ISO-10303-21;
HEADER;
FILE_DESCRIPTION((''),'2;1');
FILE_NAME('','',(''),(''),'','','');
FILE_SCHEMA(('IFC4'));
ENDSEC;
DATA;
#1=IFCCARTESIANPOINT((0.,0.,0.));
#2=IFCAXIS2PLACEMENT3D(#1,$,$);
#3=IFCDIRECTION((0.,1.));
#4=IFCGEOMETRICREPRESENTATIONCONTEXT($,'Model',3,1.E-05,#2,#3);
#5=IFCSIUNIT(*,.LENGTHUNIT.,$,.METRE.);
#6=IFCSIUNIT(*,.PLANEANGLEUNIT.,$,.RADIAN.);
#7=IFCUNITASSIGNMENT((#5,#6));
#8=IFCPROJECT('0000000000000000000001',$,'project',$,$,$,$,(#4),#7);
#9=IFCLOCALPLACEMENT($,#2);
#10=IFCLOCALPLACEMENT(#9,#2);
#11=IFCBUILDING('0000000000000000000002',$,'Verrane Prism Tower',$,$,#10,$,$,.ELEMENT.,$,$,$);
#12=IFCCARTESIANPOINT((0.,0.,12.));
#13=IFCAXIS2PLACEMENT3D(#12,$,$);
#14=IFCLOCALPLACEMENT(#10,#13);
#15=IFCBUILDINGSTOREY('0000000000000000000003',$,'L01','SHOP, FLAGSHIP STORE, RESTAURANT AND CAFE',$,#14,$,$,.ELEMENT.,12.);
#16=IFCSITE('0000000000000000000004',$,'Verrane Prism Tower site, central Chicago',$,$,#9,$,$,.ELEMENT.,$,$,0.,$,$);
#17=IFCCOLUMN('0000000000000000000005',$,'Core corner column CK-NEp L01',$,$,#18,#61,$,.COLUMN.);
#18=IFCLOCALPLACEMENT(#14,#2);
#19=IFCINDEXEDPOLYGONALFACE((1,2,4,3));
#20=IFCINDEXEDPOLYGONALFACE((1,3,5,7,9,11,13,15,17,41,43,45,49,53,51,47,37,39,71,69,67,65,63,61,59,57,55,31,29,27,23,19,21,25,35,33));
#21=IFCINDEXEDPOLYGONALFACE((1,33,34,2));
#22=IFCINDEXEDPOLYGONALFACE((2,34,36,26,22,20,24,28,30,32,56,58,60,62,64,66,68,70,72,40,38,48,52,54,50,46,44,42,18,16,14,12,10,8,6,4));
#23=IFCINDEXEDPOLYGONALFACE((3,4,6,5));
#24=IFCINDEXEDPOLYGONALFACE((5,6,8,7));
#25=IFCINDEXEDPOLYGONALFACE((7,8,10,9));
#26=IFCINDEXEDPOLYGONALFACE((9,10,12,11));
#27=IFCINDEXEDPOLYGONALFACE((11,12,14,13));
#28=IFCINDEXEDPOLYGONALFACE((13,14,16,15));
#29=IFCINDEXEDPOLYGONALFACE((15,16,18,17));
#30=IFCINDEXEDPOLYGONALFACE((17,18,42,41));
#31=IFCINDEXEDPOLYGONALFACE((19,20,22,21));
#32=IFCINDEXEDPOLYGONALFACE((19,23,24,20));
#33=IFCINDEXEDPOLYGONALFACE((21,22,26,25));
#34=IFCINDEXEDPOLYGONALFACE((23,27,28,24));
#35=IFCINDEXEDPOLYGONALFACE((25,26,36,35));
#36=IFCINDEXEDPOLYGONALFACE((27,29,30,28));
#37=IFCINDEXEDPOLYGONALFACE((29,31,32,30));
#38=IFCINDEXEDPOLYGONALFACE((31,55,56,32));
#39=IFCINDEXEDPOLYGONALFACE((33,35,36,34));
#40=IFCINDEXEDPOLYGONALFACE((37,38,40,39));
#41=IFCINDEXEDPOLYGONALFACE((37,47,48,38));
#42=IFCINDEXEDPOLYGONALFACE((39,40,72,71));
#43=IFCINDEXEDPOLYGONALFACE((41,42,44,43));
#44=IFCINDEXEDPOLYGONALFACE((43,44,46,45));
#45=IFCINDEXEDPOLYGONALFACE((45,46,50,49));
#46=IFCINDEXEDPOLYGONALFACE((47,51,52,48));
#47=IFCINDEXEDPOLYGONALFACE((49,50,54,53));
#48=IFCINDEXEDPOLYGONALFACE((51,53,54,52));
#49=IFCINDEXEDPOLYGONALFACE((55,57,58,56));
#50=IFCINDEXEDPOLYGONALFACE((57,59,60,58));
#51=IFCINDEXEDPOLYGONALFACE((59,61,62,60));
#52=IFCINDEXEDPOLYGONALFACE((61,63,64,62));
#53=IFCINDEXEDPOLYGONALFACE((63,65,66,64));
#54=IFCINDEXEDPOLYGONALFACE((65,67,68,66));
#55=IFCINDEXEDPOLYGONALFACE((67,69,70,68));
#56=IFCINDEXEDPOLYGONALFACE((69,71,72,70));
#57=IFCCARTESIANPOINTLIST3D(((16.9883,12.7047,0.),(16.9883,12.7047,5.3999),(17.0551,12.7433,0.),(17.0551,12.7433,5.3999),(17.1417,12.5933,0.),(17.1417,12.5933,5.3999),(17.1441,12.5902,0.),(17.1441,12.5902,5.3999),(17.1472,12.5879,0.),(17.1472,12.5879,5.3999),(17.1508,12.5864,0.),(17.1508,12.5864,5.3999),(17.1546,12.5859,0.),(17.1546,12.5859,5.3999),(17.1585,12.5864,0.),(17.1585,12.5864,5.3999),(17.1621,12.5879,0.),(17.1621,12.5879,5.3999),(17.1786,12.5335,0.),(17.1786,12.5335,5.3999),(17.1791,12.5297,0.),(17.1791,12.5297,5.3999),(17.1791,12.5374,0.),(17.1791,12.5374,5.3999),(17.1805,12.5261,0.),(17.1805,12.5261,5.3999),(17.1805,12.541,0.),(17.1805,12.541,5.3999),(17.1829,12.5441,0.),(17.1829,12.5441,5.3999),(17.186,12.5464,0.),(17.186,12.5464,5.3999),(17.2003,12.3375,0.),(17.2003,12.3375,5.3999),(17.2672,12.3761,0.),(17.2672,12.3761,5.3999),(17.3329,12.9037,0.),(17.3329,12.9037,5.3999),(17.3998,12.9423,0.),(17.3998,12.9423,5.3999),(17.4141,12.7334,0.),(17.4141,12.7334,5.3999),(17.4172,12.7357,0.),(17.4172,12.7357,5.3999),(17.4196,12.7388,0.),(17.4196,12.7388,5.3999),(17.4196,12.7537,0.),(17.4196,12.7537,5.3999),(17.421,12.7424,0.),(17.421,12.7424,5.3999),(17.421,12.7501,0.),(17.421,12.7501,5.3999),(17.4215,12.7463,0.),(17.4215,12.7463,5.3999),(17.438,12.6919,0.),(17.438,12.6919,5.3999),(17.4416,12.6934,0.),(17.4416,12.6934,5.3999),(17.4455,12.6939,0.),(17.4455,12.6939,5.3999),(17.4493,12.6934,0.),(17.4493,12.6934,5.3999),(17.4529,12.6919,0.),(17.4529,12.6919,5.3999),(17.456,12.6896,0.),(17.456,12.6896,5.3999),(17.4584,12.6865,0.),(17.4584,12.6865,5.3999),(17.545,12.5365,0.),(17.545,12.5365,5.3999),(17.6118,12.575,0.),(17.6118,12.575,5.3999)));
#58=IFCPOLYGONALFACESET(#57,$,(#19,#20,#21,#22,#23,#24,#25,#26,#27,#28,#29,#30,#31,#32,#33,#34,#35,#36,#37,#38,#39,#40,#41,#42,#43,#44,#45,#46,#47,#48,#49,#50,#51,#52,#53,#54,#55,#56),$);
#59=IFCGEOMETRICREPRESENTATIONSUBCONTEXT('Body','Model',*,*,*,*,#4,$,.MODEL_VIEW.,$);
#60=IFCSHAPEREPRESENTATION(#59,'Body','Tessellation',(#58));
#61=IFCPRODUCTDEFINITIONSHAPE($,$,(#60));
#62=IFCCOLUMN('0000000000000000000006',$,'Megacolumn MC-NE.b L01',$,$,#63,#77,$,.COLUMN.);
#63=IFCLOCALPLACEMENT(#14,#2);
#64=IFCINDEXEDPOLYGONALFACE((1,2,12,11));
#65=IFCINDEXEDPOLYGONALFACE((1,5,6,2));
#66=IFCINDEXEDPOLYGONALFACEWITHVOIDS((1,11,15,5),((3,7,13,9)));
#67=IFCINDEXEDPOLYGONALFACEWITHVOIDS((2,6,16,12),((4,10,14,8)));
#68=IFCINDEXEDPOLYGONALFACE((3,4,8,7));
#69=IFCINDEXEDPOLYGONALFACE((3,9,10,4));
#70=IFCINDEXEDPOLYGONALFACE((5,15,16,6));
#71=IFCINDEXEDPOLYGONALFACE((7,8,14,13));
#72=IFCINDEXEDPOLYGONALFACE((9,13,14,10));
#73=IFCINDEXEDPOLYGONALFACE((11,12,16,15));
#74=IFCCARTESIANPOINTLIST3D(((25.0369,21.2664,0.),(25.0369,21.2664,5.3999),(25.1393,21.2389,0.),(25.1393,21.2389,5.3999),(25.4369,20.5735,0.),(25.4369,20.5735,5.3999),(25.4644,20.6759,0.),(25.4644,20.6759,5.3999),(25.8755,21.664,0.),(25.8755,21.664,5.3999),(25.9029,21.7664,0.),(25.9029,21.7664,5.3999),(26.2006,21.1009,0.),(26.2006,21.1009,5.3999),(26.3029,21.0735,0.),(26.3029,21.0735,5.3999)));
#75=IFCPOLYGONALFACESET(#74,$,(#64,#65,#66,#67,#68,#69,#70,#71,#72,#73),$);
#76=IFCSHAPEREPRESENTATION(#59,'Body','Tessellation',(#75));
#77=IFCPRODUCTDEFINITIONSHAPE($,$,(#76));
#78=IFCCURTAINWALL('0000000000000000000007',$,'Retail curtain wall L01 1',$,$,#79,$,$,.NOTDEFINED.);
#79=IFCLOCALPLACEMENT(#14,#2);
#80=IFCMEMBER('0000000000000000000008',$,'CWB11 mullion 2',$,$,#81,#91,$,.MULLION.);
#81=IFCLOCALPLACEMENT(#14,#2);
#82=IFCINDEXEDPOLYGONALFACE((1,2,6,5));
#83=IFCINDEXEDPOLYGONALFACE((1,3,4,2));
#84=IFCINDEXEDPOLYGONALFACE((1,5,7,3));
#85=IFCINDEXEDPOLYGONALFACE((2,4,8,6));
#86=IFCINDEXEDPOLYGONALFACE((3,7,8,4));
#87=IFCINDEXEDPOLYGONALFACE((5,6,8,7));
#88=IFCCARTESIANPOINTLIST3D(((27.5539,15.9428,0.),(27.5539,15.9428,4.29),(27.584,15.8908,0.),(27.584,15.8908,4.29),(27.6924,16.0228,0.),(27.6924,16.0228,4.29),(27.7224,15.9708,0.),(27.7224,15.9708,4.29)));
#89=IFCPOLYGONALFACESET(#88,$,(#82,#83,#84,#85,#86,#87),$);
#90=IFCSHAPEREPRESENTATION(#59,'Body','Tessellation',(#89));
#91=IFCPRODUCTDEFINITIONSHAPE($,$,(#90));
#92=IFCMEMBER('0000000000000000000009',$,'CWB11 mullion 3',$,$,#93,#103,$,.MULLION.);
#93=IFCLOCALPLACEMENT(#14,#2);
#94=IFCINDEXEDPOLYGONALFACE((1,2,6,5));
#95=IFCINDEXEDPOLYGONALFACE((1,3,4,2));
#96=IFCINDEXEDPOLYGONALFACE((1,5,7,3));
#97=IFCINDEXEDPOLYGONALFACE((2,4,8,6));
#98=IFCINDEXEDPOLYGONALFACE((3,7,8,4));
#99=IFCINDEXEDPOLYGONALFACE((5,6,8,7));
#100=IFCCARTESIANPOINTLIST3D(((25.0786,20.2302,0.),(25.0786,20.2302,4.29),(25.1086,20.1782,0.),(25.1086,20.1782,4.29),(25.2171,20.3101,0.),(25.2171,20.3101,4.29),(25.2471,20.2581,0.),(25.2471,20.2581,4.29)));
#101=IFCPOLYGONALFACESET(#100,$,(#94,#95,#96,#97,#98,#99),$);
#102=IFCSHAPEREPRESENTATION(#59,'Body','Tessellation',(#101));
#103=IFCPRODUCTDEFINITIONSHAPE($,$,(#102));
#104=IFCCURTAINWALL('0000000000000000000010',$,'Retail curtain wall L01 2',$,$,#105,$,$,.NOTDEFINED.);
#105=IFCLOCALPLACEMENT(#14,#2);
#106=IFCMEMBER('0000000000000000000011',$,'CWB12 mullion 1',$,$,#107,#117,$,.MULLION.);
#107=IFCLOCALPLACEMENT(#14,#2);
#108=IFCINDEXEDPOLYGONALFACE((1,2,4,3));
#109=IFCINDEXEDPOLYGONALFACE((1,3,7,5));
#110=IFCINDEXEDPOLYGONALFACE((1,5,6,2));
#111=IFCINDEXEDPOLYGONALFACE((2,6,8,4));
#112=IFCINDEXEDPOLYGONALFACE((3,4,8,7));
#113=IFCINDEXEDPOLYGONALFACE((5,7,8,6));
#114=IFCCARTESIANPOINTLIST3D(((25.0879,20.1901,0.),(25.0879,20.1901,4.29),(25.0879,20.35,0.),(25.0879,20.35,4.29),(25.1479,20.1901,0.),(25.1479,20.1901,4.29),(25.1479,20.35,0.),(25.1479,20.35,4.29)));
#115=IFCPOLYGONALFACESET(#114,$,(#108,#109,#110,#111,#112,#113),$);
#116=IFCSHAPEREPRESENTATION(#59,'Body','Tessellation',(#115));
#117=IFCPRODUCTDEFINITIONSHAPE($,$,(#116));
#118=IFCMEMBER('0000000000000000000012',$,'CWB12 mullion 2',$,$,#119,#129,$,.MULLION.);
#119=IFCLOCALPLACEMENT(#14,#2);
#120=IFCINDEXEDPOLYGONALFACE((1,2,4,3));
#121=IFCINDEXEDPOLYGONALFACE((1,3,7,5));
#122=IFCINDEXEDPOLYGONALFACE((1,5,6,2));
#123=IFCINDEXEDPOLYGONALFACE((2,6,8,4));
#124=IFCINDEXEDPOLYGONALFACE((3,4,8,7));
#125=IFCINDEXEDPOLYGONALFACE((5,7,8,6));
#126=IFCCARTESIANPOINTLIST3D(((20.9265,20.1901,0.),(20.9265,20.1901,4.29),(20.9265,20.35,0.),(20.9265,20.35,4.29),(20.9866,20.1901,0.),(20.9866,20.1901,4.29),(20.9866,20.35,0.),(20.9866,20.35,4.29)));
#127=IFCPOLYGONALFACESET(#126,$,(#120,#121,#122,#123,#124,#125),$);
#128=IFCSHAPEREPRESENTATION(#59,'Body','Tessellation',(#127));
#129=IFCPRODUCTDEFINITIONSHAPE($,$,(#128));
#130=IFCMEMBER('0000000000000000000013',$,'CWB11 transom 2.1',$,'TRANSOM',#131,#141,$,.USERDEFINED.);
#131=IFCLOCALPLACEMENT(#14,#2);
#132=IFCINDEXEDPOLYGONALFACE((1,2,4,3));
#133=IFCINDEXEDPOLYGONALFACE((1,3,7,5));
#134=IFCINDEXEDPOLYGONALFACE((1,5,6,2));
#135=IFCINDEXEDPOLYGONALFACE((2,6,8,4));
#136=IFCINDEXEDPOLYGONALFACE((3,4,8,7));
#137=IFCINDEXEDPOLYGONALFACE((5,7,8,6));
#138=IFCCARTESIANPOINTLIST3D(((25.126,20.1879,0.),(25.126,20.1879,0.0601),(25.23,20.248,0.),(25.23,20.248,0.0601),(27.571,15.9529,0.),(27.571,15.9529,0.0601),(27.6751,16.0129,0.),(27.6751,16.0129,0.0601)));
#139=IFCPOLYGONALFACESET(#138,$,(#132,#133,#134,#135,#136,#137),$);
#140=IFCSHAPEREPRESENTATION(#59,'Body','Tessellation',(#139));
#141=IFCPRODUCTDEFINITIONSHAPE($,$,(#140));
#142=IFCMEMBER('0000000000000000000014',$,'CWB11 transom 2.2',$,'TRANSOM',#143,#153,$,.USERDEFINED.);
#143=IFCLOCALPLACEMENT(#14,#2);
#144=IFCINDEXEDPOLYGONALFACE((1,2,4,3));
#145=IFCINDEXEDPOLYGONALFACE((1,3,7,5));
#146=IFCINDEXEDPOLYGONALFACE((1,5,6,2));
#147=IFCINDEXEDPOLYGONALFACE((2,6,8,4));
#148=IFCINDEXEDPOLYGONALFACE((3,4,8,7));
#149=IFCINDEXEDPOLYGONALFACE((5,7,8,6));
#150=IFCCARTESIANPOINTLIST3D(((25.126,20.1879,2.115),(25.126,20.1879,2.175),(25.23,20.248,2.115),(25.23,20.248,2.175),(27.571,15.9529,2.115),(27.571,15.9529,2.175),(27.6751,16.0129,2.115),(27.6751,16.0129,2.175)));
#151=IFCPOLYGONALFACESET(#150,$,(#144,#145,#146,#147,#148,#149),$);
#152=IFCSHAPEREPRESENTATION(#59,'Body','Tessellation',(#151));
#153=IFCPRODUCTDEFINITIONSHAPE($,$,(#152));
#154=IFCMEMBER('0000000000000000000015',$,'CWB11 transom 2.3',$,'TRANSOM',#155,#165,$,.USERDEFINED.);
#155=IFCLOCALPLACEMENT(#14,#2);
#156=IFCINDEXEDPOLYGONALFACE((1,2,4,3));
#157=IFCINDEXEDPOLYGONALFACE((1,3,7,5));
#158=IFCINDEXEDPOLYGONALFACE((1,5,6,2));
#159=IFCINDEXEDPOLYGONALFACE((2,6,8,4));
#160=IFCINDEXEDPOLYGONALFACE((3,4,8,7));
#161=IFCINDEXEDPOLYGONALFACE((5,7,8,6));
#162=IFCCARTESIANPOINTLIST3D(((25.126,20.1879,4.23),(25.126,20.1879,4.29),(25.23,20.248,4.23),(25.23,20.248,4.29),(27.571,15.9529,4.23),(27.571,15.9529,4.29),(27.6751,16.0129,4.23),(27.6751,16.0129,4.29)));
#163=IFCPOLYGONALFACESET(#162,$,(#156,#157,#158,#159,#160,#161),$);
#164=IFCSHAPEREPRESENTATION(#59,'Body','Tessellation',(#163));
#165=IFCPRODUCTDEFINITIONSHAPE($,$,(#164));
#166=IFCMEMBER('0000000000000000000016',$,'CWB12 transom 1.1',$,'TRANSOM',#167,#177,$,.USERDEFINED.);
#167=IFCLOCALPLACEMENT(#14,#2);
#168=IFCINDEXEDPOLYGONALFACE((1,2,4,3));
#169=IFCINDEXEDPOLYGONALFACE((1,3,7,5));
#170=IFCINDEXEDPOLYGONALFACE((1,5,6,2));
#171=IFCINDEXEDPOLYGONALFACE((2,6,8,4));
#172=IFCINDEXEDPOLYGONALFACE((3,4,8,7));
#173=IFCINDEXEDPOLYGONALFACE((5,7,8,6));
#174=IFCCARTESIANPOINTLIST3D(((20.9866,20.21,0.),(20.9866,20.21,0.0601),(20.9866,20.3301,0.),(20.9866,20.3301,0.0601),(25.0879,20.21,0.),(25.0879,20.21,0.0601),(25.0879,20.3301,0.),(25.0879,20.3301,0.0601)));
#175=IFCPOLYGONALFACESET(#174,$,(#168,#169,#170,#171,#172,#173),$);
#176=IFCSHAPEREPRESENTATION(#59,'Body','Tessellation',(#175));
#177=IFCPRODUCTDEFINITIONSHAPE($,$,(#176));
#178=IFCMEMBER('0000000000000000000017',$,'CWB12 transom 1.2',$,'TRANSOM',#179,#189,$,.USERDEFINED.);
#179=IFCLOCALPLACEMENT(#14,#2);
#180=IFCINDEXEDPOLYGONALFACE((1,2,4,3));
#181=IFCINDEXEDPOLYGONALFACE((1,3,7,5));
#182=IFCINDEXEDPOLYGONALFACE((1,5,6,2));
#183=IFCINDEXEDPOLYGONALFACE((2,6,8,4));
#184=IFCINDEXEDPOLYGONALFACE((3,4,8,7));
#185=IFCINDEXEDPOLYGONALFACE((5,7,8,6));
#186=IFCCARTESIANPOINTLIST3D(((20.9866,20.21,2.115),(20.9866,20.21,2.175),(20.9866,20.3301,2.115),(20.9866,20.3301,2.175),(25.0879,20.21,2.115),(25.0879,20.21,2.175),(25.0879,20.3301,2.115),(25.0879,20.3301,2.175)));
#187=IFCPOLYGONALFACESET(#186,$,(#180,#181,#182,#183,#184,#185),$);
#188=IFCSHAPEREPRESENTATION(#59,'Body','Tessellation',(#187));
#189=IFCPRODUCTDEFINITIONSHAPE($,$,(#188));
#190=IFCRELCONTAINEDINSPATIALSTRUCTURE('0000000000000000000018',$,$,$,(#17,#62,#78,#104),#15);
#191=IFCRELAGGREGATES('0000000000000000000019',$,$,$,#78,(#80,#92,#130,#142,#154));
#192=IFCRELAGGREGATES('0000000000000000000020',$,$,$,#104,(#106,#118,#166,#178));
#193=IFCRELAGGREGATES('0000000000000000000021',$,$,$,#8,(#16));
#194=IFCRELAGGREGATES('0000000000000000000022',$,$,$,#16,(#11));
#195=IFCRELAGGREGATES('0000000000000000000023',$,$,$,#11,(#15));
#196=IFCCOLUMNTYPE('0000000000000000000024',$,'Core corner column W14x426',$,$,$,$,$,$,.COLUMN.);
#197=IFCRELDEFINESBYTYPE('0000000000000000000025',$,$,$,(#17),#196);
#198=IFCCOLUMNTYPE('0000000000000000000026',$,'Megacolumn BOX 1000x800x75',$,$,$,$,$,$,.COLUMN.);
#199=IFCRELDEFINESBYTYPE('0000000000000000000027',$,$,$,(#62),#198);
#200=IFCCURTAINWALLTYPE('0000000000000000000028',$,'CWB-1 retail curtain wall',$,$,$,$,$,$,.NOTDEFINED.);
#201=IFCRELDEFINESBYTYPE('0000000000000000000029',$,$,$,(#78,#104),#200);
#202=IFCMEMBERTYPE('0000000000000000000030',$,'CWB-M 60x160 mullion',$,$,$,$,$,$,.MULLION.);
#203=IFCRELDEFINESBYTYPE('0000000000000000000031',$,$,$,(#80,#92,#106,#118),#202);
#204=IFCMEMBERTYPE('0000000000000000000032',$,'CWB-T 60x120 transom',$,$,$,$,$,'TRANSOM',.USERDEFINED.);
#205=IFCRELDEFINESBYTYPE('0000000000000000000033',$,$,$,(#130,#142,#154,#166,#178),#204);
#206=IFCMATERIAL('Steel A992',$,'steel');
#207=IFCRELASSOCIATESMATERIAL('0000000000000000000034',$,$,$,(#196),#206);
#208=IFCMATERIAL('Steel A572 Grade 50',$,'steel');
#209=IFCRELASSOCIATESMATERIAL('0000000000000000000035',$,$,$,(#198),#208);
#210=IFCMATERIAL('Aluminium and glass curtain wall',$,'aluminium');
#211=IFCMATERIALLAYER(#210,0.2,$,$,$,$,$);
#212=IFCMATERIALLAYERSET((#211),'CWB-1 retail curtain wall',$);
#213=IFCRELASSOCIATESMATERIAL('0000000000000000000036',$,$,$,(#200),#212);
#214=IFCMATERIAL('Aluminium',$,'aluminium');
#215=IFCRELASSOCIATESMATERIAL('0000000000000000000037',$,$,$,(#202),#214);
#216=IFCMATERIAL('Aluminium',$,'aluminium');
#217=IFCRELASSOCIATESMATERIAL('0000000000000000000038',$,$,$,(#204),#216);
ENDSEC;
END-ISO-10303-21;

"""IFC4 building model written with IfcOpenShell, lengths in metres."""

from ifc_helpers import new_model, si_unit, direction, frame, origin, origin_2d, place, context, subcontext, project, spatial, rectangle, hollow_rectangle, i_section, extrude, material, layer, layer_set, material_profile, profile_set, type_object, element, aggregate, save


model = new_model("IFC4")

# Units and contexts
model_context = context("Model", 3, precision=1e-05, world=origin(), true_north=direction((0.0, 1.0)))
body_context = subcontext(model_context, "Body", "Model", "MODEL_VIEW")
ifc_project = project(units=[si_unit("LENGTHUNIT", "METRE"), si_unit("PLANEANGLEUNIT", "RADIAN")], contexts=[model_context])

# Site, building, storey
site_placement = place(None, origin())
site = spatial("IfcSite", under=ifc_project, at=site_placement, Name="Verrane Prism Tower site, central Chicago", CompositionType="ELEMENT", RefElevation=0.0)
building_placement = place(site_placement, origin())
building = spatial("IfcBuilding", under=site, at=building_placement, Name="Verrane Prism Tower", CompositionType="ELEMENT")
storey_placement = place(building_placement, frame((0.0, 0.0, 12.0)))
storey = spatial("IfcBuildingStorey", under=building, at=storey_placement, Name="L01", Description="SHOP, FLAGSHIP STORE, RESTAURANT AND CAFE", CompositionType="ELEMENT", Elevation=12.0)

# Columns
ifc_material_1 = material(Name="Steel A992", Category="steel")
ifc_material_profile_1 = material_profile(ifc_material_1, i_section(OverallWidth=0.4241, OverallDepth=0.4751, WebThickness=0.0479, FlangeThickness=0.0771, FilletRadius=0.0149, at=origin_2d()), Name="W14x426")
ifc_profile_set_1 = profile_set([ifc_material_profile_1], Name="Steel A992")
column_type_1 = type_object("IfcColumnType", Name="Core corner column W14x426", PredefinedType="COLUMN", material=ifc_profile_set_1)
column_1_placement = place(storey_placement, frame((17.3, 12.6399, 0.0), z_axis=(0.0, 0.0, 1.0), x_axis=(0.5, -0.866025, 0.0)))
element("IfcColumn", 1, at=column_1_placement, inside=storey, type_object=column_type_1, Name="Core corner column CK-NEp L01", PredefinedType="COLUMN", context=body_context, shape_type="SweptSolid", body=[
    extrude(i_section(OverallWidth=0.4241, OverallDepth=0.4751, WebThickness=0.0479, FlangeThickness=0.0771, FilletRadius=0.0149, at=origin_2d()), origin(), (0.0, 0.0, 1.0), 5.3999),
])
ifc_material_2 = material(Name="Steel A572 Grade 50", Category="steel")
ifc_material_profile_2 = material_profile(ifc_material_2, hollow_rectangle(XDim=0.8, YDim=1.0, WallThickness=0.075, at=origin_2d()), Name="BOX 1000x800x75")
ifc_profile_set_2 = profile_set([ifc_material_profile_2], Name="Steel A572 Grade 50")
column_type_2 = type_object("IfcColumnType", Name="Megacolumn BOX 1000x800x75", PredefinedType="COLUMN", material=ifc_profile_set_2)
column_2_placement = place(storey_placement, frame((25.6699, 21.1699, 0.0), z_axis=(0.0, 0.0, 1.0), x_axis=(0.5, -0.866025, 0.0)))
element("IfcColumn", 2, at=column_2_placement, inside=storey, type_object=column_type_2, Name="Megacolumn MC-NE.b L01", PredefinedType="COLUMN", context=body_context, shape_type="SweptSolid", body=[
    extrude(hollow_rectangle(XDim=0.8, YDim=1.0, WallThickness=0.075, at=origin_2d()), origin(), (0.0, 0.0, 1.0), 5.3999),
])

# Curtain walls, members
ifc_material_3 = material(Name="Aluminium and glass curtain wall", Category="aluminium")
ifc_layer_1 = layer(ifc_material_3, 0.2)
ifc_layer_set_1 = layer_set([ifc_layer_1], Name="CWB-1 retail curtain wall")
curtain_wall_type = type_object("IfcCurtainWallType", Name="CWB-1 retail curtain wall", PredefinedType="NOTDEFINED", material=ifc_layer_set_1)
curtain_wall_1_placement = place(storey_placement, origin())
curtain_wall_1 = element("IfcCurtainWall", 3, at=curtain_wall_1_placement, inside=storey, type_object=curtain_wall_type, Name="Retail curtain wall L01 1", PredefinedType="NOTDEFINED")
ifc_material_4 = material(Name="Aluminium", Category="aluminium")
ifc_material_profile_3 = material_profile(ifc_material_4, rectangle(XDim=0.1599, YDim=0.0601, at=origin_2d()), Name="CWB-M 60x160 mullion")
ifc_profile_set_3 = profile_set([ifc_material_profile_3], Name="Aluminium")
member_type_1 = type_object("IfcMemberType", Name="CWB-M 60x160 mullion", PredefinedType="MULLION", material=ifc_profile_set_3)
member_1_placement = place(storey_placement, frame((27.6382, 15.9568, 0.0), z_axis=(0.0, 0.0, 1.0), x_axis=(-0.866026, -0.499999, 0.0)))
member_1 = element("IfcMember", 4, at=member_1_placement, type_object=member_type_1, Name="CWB11 mullion 2", PredefinedType="MULLION", context=body_context, shape_type="SweptSolid", body=[
    extrude(rectangle(XDim=0.1599, YDim=0.0601, at=origin_2d()), origin(), (0.0, 0.0, 1.0), 4.29),
])
member_2_placement = place(storey_placement, frame((25.1628, 20.2441, 0.0), z_axis=(0.0, 0.0, 1.0), x_axis=(-0.866026, -0.499999, 0.0)))
member_2 = element("IfcMember", 5, at=member_2_placement, type_object=member_type_1, Name="CWB11 mullion 3", PredefinedType="MULLION", context=body_context, shape_type="SweptSolid", body=[
    extrude(rectangle(XDim=0.1599, YDim=0.0601, at=origin_2d()), origin(), (0.0, 0.0, 1.0), 4.29),
])
curtain_wall_2_placement = place(storey_placement, origin())
curtain_wall_2 = element("IfcCurtainWall", 6, at=curtain_wall_2_placement, inside=storey, type_object=curtain_wall_type, Name="Retail curtain wall L01 2", PredefinedType="NOTDEFINED")
member_3_placement = place(storey_placement, frame((25.1179, 20.27, 0.0), z_axis=(0.0, 0.0, 1.0), x_axis=(0.0, -1.0, 0.0)))
member_3 = element("IfcMember", 7, at=member_3_placement, type_object=member_type_1, Name="CWB12 mullion 1", PredefinedType="MULLION", context=body_context, shape_type="SweptSolid", body=[
    extrude(rectangle(XDim=0.1599, YDim=0.0601, at=origin_2d()), origin(), (0.0, 0.0, 1.0), 4.29),
])
member_4_placement = place(storey_placement, frame((20.9565, 20.27, 0.0), z_axis=(0.0, 0.0, 1.0), x_axis=(0.0, -1.0, 0.0)))
member_4 = element("IfcMember", 8, at=member_4_placement, type_object=member_type_1, Name="CWB12 mullion 2", PredefinedType="MULLION", context=body_context, shape_type="SweptSolid", body=[
    extrude(rectangle(XDim=0.1599, YDim=0.0601, at=origin_2d()), origin(), (0.0, 0.0, 1.0), 4.29),
])

# Members
ifc_material_5 = material(Name="Aluminium", Category="aluminium")
ifc_material_profile_4 = material_profile(ifc_material_5, rectangle(XDim=0.1201, YDim=0.0601, at=origin_2d()), Name="CWB-T 60x120 transom")
ifc_profile_set_4 = profile_set([ifc_material_profile_4], Name="Aluminium")
member_type_2 = type_object("IfcMemberType", Name="CWB-T 60x120 transom", ElementType="TRANSOM", PredefinedType="USERDEFINED", material=ifc_profile_set_4)
member_5_placement = place(storey_placement, frame((27.623, 15.9829, 0.03), z_axis=(-0.499989, 0.866032, 0.0), x_axis=(-0.866032, -0.499989, 0.0)))
member_5 = element("IfcMember", 9, at=member_5_placement, type_object=member_type_2, Name="CWB11 transom 2.1", ObjectType="TRANSOM", PredefinedType="USERDEFINED", context=body_context, shape_type="SweptSolid", body=[
    extrude(rectangle(XDim=0.1201, YDim=0.0601, at=origin_2d()), origin(), (0.0, 0.0, 1.0), 4.8901),
])
member_6_placement = place(storey_placement, frame((27.623, 15.9829, 2.145), z_axis=(-0.499989, 0.866032, 0.0), x_axis=(-0.866032, -0.499989, 0.0)))
member_6 = element("IfcMember", 10, at=member_6_placement, type_object=member_type_2, Name="CWB11 transom 2.2", ObjectType="TRANSOM", PredefinedType="USERDEFINED", context=body_context, shape_type="SweptSolid", body=[
    extrude(rectangle(XDim=0.1201, YDim=0.0601, at=origin_2d()), origin(), (0.0, 0.0, 1.0), 4.8901),
])
member_7_placement = place(storey_placement, frame((27.623, 15.9829, 4.26), z_axis=(-0.499989, 0.866032, 0.0), x_axis=(-0.866032, -0.499989, 0.0)))
member_7 = element("IfcMember", 11, at=member_7_placement, type_object=member_type_2, Name="CWB11 transom 2.3", ObjectType="TRANSOM", PredefinedType="USERDEFINED", context=body_context, shape_type="SweptSolid", body=[
    extrude(rectangle(XDim=0.1201, YDim=0.0601, at=origin_2d()), origin(), (0.0, 0.0, 1.0), 4.8901),
])
member_8_placement = place(storey_placement, frame((25.0879, 20.27, 0.03), z_axis=(-1.0, 0.0, 0.0), x_axis=(0.0, -1.0, 0.0)))
member_8 = element("IfcMember", 12, at=member_8_placement, type_object=member_type_2, Name="CWB12 transom 1.1", ObjectType="TRANSOM", PredefinedType="USERDEFINED", context=body_context, shape_type="SweptSolid", body=[
    extrude(rectangle(XDim=0.1201, YDim=0.0601, at=origin_2d()), origin(), (0.0, 0.0, 1.0), 4.1013),
])
member_9_placement = place(storey_placement, frame((25.0879, 20.27, 2.145), z_axis=(-1.0, 0.0, 0.0), x_axis=(0.0, -1.0, 0.0)))
member_9 = element("IfcMember", 13, at=member_9_placement, type_object=member_type_2, Name="CWB12 transom 1.2", ObjectType="TRANSOM", PredefinedType="USERDEFINED", context=body_context, shape_type="SweptSolid", body=[
    extrude(rectangle(XDim=0.1201, YDim=0.0601, at=origin_2d()), origin(), (0.0, 0.0, 1.0), 4.1013),
])

aggregate(curtain_wall_1, [member_1, member_2, member_5, member_6, member_7])
aggregate(curtain_wall_2, [member_3, member_4, member_8, member_9])

save(model, "model.ifc")
